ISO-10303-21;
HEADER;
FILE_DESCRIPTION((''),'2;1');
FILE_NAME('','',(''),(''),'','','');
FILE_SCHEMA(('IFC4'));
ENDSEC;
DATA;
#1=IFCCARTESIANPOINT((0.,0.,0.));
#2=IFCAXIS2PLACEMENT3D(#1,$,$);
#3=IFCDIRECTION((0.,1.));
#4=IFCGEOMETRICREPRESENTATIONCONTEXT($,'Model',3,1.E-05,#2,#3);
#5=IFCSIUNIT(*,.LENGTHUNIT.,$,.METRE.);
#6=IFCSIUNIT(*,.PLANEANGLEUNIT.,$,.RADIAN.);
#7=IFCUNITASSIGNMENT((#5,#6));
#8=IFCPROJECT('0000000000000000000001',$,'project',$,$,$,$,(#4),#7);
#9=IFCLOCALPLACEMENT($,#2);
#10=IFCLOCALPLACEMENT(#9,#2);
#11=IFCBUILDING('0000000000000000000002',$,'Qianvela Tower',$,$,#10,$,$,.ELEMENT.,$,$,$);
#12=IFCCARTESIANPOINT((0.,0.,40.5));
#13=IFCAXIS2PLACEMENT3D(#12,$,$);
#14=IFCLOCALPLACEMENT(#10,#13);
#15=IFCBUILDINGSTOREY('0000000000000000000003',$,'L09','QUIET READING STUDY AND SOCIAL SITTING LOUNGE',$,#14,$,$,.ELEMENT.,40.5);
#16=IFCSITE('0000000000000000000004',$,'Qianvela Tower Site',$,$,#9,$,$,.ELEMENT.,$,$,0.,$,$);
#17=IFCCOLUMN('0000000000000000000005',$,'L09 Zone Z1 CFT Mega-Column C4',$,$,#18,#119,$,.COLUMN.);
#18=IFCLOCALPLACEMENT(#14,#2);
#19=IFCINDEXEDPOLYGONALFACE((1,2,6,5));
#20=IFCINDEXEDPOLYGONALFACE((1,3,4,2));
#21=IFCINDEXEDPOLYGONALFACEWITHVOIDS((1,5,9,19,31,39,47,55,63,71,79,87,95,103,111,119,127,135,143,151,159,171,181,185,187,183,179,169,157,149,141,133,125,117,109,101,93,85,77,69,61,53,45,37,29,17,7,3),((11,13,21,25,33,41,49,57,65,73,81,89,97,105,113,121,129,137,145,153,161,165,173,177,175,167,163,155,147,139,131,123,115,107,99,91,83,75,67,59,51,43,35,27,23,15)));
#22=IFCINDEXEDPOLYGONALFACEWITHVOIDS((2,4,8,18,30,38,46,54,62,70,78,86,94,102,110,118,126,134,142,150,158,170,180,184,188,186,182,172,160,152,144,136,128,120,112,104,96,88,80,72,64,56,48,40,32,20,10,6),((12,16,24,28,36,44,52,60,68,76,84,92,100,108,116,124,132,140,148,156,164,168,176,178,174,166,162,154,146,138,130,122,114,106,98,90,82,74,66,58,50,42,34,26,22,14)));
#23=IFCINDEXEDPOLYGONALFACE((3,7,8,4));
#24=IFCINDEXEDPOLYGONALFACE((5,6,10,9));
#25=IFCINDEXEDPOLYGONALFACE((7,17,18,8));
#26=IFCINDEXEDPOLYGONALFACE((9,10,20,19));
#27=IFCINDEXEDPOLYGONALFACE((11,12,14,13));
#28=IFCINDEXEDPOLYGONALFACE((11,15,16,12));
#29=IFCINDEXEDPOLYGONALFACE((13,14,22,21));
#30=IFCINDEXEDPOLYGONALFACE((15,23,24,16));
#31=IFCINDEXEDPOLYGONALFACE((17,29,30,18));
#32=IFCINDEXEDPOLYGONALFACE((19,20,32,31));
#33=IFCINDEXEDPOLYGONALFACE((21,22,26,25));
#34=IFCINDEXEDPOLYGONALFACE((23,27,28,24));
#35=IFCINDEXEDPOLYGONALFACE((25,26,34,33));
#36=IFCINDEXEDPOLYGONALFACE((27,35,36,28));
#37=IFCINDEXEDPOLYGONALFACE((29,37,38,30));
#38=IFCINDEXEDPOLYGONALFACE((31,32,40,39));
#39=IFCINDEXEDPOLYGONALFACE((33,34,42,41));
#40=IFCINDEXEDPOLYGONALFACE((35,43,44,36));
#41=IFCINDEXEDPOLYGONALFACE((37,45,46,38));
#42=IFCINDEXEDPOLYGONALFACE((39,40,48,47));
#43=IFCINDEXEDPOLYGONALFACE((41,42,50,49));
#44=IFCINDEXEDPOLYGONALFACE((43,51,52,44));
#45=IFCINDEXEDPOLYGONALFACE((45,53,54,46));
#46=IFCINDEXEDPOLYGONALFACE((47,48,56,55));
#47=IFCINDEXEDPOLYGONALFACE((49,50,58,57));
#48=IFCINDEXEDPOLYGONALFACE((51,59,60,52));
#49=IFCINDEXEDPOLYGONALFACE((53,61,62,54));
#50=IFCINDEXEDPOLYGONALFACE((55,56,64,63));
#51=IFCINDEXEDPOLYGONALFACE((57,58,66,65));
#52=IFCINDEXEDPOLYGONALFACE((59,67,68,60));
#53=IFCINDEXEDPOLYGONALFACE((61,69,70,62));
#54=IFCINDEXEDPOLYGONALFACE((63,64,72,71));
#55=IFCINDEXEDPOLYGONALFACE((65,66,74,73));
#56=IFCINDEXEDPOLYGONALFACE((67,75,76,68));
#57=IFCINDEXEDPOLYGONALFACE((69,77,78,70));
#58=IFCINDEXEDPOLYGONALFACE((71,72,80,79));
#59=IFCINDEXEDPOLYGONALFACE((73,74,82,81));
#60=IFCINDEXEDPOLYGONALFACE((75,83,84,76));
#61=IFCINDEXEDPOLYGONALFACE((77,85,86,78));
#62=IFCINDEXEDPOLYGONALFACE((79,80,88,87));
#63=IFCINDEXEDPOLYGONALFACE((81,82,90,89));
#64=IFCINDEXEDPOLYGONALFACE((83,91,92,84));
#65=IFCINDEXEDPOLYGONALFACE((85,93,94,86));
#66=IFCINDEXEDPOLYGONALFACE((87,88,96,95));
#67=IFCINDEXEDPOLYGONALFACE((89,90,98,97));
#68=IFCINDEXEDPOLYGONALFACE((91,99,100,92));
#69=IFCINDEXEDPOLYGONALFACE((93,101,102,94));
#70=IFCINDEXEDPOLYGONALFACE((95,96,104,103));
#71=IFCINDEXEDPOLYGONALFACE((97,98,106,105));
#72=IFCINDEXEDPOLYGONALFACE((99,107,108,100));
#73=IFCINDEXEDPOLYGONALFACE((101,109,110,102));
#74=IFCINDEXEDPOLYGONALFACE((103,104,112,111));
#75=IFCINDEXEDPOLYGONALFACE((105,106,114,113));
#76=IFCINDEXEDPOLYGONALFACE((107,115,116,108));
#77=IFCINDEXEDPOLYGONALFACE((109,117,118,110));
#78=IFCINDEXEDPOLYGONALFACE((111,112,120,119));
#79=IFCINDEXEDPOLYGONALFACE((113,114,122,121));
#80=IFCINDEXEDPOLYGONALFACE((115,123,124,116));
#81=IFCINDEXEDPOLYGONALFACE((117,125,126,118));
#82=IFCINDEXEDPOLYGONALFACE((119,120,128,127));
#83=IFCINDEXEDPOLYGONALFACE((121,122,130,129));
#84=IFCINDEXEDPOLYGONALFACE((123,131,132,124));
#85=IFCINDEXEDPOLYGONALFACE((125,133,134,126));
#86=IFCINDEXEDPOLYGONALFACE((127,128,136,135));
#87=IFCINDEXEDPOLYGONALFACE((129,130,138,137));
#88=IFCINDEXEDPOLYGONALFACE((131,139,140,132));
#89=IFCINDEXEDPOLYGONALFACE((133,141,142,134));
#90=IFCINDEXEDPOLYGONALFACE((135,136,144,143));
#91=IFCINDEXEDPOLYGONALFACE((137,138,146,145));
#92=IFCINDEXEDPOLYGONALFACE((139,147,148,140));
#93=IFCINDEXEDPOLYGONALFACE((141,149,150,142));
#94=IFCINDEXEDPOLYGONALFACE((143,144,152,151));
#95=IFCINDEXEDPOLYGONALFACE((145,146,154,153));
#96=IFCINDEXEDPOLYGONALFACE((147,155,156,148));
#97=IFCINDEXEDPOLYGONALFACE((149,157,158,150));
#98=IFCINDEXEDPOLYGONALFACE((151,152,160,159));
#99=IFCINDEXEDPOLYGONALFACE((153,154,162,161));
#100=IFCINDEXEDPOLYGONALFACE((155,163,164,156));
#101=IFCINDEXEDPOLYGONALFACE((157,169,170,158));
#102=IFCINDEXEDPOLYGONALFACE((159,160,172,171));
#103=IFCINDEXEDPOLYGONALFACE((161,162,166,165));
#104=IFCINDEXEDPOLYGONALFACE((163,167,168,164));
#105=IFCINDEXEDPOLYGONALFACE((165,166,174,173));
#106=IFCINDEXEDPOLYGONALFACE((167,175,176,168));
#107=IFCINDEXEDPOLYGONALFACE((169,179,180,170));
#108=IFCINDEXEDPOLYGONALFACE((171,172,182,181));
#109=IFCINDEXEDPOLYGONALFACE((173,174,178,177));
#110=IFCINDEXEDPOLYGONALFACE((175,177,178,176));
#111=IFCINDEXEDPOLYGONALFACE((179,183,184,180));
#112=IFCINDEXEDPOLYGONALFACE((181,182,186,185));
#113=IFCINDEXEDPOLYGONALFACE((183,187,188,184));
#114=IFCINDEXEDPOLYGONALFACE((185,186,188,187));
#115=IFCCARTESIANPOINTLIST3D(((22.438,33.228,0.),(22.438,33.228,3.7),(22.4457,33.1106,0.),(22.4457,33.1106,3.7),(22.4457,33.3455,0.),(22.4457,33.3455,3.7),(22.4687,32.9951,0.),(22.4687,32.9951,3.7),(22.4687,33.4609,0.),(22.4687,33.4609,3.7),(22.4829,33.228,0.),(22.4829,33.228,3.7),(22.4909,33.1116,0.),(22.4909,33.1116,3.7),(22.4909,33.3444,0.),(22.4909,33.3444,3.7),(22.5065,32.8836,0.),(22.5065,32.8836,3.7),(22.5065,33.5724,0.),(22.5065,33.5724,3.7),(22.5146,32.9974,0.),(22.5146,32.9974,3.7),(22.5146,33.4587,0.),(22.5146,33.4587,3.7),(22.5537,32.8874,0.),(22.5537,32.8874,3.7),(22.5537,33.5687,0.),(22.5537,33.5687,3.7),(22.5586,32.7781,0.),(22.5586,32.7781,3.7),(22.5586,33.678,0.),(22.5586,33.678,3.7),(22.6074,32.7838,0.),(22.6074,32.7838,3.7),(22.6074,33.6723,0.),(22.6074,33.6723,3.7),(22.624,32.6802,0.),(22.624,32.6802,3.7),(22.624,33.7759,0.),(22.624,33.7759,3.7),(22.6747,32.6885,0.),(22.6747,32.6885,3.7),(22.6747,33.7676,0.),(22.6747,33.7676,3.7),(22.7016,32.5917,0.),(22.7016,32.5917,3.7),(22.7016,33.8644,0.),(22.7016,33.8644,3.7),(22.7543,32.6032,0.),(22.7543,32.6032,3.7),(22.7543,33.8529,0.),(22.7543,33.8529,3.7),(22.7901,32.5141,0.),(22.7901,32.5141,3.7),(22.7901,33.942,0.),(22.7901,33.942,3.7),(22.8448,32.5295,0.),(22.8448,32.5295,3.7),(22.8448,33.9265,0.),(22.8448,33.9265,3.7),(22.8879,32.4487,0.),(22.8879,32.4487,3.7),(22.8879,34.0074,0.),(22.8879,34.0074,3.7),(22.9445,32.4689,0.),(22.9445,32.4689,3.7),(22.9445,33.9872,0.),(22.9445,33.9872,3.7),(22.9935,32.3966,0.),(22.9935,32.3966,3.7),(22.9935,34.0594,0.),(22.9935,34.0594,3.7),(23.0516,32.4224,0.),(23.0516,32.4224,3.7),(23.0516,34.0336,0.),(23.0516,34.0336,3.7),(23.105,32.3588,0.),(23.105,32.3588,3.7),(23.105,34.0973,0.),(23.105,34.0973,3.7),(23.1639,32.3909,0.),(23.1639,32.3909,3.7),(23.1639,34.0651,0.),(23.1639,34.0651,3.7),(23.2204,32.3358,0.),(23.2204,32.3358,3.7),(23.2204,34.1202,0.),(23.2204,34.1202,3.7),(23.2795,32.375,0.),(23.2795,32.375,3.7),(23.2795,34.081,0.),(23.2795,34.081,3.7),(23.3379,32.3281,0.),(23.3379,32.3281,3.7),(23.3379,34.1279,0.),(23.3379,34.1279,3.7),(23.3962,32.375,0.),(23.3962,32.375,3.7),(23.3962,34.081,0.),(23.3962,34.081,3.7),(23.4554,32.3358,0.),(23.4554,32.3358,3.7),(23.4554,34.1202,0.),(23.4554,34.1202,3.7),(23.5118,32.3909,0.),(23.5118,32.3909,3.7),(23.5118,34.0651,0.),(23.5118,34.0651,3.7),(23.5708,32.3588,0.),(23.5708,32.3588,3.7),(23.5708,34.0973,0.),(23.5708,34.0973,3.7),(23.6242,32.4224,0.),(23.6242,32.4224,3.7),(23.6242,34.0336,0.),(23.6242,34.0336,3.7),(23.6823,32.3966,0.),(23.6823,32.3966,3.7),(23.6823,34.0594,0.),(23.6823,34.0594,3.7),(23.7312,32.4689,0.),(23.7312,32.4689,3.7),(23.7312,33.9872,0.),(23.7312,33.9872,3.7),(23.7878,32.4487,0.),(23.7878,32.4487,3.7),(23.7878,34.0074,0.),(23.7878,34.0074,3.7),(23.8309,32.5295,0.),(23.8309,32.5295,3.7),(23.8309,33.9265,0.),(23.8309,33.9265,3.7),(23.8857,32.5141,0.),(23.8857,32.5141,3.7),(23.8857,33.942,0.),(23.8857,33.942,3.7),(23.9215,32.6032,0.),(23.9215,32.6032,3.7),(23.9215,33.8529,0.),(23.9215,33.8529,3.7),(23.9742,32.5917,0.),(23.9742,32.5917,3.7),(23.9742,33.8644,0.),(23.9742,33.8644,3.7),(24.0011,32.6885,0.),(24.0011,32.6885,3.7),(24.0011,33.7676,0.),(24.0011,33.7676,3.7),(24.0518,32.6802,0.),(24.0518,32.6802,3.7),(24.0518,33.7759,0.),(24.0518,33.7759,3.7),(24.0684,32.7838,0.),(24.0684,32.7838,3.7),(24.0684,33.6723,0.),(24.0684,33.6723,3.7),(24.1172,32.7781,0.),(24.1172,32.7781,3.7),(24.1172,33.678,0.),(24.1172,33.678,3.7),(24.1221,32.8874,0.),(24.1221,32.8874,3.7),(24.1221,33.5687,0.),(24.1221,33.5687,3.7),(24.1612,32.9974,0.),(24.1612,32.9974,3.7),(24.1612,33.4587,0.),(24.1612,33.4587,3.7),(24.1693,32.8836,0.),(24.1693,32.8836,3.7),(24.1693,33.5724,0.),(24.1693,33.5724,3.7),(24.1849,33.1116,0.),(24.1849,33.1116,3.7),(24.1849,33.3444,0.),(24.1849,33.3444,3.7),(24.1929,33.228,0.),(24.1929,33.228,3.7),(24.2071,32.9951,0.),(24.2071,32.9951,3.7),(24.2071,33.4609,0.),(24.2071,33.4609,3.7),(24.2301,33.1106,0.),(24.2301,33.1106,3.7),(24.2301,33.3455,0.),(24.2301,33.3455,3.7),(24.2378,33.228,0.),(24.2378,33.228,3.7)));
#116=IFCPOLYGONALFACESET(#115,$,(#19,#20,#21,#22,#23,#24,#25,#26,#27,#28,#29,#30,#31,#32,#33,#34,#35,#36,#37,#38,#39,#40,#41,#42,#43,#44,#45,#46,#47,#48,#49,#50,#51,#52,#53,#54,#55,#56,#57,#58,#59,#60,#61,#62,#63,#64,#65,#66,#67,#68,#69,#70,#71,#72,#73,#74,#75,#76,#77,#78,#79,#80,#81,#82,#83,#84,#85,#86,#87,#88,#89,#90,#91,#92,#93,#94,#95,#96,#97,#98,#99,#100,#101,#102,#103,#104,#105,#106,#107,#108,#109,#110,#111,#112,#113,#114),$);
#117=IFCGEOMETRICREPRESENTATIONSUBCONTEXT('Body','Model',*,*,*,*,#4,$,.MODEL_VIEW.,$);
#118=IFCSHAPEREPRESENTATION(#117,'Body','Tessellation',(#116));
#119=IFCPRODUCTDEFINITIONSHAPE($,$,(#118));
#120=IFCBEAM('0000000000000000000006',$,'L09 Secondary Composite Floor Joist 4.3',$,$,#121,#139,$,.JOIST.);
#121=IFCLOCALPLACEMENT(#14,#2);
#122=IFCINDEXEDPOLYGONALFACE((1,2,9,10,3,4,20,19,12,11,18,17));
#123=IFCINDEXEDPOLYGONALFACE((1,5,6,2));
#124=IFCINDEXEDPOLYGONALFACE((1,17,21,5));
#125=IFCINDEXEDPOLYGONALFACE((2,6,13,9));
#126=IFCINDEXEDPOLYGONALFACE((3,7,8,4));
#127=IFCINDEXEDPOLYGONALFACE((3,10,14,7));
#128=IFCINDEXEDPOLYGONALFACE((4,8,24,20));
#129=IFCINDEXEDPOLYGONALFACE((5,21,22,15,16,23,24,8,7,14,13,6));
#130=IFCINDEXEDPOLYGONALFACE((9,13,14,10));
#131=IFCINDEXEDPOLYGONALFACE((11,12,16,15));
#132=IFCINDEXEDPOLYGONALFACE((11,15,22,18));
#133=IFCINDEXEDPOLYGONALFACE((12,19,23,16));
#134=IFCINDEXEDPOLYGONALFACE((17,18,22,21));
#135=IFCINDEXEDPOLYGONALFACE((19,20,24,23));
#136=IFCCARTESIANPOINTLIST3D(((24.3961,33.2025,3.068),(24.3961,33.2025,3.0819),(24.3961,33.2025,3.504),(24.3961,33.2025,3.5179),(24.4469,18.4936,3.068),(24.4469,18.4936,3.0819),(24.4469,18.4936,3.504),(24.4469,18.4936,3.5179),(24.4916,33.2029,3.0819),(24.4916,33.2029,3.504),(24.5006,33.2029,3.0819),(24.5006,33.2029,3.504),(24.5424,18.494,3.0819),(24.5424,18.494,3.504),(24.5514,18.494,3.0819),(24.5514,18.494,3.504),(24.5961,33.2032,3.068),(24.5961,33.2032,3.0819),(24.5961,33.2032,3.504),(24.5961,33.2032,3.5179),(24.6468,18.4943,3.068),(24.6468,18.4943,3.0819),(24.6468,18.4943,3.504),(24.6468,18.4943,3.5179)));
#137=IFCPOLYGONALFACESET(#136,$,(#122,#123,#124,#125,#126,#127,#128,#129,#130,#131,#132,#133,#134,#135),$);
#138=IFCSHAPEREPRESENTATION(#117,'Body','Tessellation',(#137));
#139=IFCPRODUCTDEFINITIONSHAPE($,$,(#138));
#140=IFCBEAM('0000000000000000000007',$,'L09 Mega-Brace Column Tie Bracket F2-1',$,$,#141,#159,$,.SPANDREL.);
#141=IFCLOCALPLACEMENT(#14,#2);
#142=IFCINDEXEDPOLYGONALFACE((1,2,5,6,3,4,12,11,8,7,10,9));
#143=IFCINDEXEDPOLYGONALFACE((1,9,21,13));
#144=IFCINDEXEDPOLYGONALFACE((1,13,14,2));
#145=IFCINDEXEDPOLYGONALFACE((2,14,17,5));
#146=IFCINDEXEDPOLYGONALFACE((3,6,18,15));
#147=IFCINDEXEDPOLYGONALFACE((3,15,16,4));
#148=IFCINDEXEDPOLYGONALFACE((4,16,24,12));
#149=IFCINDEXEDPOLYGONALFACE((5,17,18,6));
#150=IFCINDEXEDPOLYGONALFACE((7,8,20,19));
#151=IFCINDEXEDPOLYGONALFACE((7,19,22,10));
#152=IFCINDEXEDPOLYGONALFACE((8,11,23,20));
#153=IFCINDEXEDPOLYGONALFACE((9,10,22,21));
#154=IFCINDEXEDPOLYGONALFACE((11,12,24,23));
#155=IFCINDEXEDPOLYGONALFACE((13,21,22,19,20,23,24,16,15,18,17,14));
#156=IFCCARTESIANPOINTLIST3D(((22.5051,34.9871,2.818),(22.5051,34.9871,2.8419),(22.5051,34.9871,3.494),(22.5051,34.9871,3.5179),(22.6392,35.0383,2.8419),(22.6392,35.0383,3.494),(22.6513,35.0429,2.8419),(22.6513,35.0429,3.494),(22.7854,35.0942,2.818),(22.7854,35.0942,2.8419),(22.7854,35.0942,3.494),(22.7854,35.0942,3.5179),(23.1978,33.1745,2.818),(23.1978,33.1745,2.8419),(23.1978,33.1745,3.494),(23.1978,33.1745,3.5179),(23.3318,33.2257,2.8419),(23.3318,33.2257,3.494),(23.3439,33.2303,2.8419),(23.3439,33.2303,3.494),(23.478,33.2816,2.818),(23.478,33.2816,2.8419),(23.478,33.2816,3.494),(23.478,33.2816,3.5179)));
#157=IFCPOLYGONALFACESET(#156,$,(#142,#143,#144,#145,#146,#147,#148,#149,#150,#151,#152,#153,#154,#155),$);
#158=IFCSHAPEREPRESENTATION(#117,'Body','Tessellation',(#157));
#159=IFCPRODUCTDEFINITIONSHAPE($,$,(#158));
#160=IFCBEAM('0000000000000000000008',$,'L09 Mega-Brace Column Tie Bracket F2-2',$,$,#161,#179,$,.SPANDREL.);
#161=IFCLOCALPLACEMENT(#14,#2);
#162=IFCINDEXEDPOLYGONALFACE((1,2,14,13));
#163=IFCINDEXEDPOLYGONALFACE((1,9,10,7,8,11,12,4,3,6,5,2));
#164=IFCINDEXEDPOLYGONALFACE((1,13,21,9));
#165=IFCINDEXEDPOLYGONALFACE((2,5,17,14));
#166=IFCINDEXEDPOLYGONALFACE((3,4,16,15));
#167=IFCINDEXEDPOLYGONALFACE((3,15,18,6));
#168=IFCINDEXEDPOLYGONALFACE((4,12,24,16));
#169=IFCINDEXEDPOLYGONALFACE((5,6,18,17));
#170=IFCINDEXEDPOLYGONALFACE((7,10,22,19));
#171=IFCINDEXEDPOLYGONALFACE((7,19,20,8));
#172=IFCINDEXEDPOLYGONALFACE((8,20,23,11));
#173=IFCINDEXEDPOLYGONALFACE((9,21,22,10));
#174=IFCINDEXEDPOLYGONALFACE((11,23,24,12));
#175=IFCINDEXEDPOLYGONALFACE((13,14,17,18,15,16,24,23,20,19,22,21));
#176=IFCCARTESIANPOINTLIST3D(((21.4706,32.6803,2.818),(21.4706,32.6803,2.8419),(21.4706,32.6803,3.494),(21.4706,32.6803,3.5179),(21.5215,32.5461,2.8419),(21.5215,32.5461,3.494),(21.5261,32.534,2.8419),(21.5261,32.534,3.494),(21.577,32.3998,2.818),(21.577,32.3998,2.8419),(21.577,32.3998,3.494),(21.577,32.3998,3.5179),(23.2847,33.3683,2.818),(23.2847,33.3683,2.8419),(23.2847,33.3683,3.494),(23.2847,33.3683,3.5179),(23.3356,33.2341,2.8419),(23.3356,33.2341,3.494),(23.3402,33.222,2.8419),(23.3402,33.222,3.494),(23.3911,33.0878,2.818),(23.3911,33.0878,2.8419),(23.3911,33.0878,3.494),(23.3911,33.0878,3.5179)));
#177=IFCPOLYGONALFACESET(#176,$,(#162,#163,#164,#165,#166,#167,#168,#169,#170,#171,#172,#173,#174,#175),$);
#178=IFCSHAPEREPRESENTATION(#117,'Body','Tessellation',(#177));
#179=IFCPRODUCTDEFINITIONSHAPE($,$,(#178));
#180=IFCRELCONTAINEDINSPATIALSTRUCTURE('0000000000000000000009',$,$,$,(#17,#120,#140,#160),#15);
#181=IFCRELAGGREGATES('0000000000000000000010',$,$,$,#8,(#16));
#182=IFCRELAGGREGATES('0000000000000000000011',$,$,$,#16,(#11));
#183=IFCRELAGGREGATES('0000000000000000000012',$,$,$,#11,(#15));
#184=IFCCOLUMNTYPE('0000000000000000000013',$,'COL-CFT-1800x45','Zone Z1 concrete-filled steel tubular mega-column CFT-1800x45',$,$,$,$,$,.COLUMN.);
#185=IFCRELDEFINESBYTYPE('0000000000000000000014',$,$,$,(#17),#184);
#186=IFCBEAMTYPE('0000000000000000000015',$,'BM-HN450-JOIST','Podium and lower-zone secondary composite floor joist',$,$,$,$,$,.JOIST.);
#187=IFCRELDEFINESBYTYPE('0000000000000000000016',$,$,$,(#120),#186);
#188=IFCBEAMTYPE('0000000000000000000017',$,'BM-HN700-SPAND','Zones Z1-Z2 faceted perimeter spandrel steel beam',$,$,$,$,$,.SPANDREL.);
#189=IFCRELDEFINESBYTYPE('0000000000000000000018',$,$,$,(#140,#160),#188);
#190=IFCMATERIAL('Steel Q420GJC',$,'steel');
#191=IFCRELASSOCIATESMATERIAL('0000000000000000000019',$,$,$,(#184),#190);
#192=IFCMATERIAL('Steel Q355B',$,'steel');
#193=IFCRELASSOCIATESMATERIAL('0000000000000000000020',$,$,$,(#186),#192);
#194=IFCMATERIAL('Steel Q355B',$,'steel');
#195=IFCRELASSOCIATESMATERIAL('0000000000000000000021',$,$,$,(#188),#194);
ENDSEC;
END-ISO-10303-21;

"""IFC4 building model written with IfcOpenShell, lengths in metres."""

from ifc_helpers import new_model, si_unit, direction, frame, origin, origin_2d, place, context, subcontext, project, spatial, hollow_circle, i_section, extrude, material, material_profile, profile_set, type_object, element, save


model = new_model("IFC4")

# Units and contexts
model_context = context("Model", 3, precision=1e-05, world=origin(), true_north=direction((0.0, 1.0)))
body_context = subcontext(model_context, "Body", "Model", "MODEL_VIEW")
ifc_project = project(units=[si_unit("LENGTHUNIT", "METRE"), si_unit("PLANEANGLEUNIT", "RADIAN")], contexts=[model_context])

# Site, building, storey
site_placement = place(None, origin())
site = spatial("IfcSite", under=ifc_project, at=site_placement, Name="Qianvela Tower Site", CompositionType="ELEMENT", RefElevation=0.0)
building_placement = place(site_placement, origin())
building = spatial("IfcBuilding", under=site, at=building_placement, Name="Qianvela Tower", CompositionType="ELEMENT")
storey_placement = place(building_placement, frame((0.0, 0.0, 40.5)))
storey = spatial("IfcBuildingStorey", under=building, at=storey_placement, Name="L09", Description="QUIET READING STUDY AND SOCIAL SITTING LOUNGE", CompositionType="ELEMENT", Elevation=40.5)

# Column
ifc_material_1 = material(Name="Steel Q420GJC", Category="steel")
ifc_material_profile_1 = material_profile(ifc_material_1, hollow_circle(Radius=0.8999, WallThickness=0.0449, at=origin_2d()), Name="CFT-1800x45")
ifc_profile_set_1 = profile_set([ifc_material_profile_1], Name="Steel Q420GJC")
column_type = type_object("IfcColumnType", Name="COL-CFT-1800x45", Description="Zone Z1 concrete-filled steel tubular mega-column CFT-1800x45", PredefinedType="COLUMN", material=ifc_profile_set_1)
column_placement = place(storey_placement, frame((23.3379, 33.228, 0.0), z_axis=(0.0, 0.0, 1.0), x_axis=(1.0, 0.0, 0.0)))
element("IfcColumn", 1, at=column_placement, inside=storey, type_object=column_type, Name="L09 Zone Z1 CFT Mega-Column C4", PredefinedType="COLUMN", context=body_context, shape_type="SweptSolid", body=[
    extrude(hollow_circle(Radius=0.8999, WallThickness=0.0449, at=origin_2d()), origin(), (0.0, 0.0, 1.0), 3.7),
])

# Beams
ifc_material_2 = material(Name="Steel Q355B", Category="steel")
ifc_material_profile_2 = material_profile(ifc_material_2, i_section(OverallWidth=0.2, OverallDepth=0.45, WebThickness=0.009, FlangeThickness=0.0139, at=origin_2d()), Name="HN450x200x9x14")
ifc_profile_set_2 = profile_set([ifc_material_profile_2], Name="Steel Q355B")
beam_type_1 = type_object("IfcBeamType", Name="BM-HN450-JOIST", Description="Podium and lower-zone secondary composite floor joist", PredefinedType="JOIST", material=ifc_profile_set_2)
beam_1_placement = place(storey_placement, frame((24.4961, 33.2029, 3.293), z_axis=(0.003452, -0.999994, 0.0), x_axis=(0.999994, 0.003452, 0.0)))
element("IfcBeam", 2, at=beam_1_placement, inside=storey, type_object=beam_type_1, Name="L09 Secondary Composite Floor Joist 4.3", PredefinedType="JOIST", context=body_context, shape_type="SweptSolid", body=[
    extrude(i_section(OverallWidth=0.2, OverallDepth=0.45, WebThickness=0.009, FlangeThickness=0.0139, at=origin_2d()), origin(), (0.0, 0.0, 1.0), 14.709),
])
ifc_material_3 = material(Name="Steel Q355B", Category="steel")
ifc_material_profile_3 = material_profile(ifc_material_3, i_section(OverallWidth=0.3, OverallDepth=0.7, WebThickness=0.0129, FlangeThickness=0.0239, at=origin_2d()), Name="HN700x300x13x24")
ifc_profile_set_3 = profile_set([ifc_material_profile_3], Name="Steel Q355B")
beam_type_2 = type_object("IfcBeamType", Name="BM-HN700-SPAND", Description="Zones Z1-Z2 faceted perimeter spandrel steel beam", PredefinedType="SPANDREL", material=ifc_profile_set_3)
beam_2_placement = place(storey_placement, frame((23.3379, 33.228, 3.168), z_axis=(-0.356963, 0.934118, 0.0), x_axis=(-0.934118, -0.356963, 0.0)))
element("IfcBeam", 3, at=beam_2_placement, inside=storey, type_object=beam_type_2, Name="L09 Mega-Brace Column Tie Bracket F2-1", PredefinedType="SPANDREL", context=body_context, shape_type="SweptSolid", body=[
    extrude(i_section(OverallWidth=0.3, OverallDepth=0.7, WebThickness=0.0129, FlangeThickness=0.0239, at=origin_2d()), origin(), (0.0, 0.0, 1.0), 1.9404),
])
beam_3_placement = place(storey_placement, frame((23.3379, 33.228, 3.168), z_axis=(-0.935025, -0.354582, 0.0), x_axis=(0.354582, -0.935025, 0.0)))
element("IfcBeam", 4, at=beam_3_placement, inside=storey, type_object=beam_type_2, Name="L09 Mega-Brace Column Tie Bracket F2-2", PredefinedType="SPANDREL", context=body_context, shape_type="SweptSolid", body=[
    extrude(i_section(OverallWidth=0.3, OverallDepth=0.7, WebThickness=0.0129, FlangeThickness=0.0239, at=origin_2d()), origin(), (0.0, 0.0, 1.0), 1.9402),
])

save(model, "model.ifc")
